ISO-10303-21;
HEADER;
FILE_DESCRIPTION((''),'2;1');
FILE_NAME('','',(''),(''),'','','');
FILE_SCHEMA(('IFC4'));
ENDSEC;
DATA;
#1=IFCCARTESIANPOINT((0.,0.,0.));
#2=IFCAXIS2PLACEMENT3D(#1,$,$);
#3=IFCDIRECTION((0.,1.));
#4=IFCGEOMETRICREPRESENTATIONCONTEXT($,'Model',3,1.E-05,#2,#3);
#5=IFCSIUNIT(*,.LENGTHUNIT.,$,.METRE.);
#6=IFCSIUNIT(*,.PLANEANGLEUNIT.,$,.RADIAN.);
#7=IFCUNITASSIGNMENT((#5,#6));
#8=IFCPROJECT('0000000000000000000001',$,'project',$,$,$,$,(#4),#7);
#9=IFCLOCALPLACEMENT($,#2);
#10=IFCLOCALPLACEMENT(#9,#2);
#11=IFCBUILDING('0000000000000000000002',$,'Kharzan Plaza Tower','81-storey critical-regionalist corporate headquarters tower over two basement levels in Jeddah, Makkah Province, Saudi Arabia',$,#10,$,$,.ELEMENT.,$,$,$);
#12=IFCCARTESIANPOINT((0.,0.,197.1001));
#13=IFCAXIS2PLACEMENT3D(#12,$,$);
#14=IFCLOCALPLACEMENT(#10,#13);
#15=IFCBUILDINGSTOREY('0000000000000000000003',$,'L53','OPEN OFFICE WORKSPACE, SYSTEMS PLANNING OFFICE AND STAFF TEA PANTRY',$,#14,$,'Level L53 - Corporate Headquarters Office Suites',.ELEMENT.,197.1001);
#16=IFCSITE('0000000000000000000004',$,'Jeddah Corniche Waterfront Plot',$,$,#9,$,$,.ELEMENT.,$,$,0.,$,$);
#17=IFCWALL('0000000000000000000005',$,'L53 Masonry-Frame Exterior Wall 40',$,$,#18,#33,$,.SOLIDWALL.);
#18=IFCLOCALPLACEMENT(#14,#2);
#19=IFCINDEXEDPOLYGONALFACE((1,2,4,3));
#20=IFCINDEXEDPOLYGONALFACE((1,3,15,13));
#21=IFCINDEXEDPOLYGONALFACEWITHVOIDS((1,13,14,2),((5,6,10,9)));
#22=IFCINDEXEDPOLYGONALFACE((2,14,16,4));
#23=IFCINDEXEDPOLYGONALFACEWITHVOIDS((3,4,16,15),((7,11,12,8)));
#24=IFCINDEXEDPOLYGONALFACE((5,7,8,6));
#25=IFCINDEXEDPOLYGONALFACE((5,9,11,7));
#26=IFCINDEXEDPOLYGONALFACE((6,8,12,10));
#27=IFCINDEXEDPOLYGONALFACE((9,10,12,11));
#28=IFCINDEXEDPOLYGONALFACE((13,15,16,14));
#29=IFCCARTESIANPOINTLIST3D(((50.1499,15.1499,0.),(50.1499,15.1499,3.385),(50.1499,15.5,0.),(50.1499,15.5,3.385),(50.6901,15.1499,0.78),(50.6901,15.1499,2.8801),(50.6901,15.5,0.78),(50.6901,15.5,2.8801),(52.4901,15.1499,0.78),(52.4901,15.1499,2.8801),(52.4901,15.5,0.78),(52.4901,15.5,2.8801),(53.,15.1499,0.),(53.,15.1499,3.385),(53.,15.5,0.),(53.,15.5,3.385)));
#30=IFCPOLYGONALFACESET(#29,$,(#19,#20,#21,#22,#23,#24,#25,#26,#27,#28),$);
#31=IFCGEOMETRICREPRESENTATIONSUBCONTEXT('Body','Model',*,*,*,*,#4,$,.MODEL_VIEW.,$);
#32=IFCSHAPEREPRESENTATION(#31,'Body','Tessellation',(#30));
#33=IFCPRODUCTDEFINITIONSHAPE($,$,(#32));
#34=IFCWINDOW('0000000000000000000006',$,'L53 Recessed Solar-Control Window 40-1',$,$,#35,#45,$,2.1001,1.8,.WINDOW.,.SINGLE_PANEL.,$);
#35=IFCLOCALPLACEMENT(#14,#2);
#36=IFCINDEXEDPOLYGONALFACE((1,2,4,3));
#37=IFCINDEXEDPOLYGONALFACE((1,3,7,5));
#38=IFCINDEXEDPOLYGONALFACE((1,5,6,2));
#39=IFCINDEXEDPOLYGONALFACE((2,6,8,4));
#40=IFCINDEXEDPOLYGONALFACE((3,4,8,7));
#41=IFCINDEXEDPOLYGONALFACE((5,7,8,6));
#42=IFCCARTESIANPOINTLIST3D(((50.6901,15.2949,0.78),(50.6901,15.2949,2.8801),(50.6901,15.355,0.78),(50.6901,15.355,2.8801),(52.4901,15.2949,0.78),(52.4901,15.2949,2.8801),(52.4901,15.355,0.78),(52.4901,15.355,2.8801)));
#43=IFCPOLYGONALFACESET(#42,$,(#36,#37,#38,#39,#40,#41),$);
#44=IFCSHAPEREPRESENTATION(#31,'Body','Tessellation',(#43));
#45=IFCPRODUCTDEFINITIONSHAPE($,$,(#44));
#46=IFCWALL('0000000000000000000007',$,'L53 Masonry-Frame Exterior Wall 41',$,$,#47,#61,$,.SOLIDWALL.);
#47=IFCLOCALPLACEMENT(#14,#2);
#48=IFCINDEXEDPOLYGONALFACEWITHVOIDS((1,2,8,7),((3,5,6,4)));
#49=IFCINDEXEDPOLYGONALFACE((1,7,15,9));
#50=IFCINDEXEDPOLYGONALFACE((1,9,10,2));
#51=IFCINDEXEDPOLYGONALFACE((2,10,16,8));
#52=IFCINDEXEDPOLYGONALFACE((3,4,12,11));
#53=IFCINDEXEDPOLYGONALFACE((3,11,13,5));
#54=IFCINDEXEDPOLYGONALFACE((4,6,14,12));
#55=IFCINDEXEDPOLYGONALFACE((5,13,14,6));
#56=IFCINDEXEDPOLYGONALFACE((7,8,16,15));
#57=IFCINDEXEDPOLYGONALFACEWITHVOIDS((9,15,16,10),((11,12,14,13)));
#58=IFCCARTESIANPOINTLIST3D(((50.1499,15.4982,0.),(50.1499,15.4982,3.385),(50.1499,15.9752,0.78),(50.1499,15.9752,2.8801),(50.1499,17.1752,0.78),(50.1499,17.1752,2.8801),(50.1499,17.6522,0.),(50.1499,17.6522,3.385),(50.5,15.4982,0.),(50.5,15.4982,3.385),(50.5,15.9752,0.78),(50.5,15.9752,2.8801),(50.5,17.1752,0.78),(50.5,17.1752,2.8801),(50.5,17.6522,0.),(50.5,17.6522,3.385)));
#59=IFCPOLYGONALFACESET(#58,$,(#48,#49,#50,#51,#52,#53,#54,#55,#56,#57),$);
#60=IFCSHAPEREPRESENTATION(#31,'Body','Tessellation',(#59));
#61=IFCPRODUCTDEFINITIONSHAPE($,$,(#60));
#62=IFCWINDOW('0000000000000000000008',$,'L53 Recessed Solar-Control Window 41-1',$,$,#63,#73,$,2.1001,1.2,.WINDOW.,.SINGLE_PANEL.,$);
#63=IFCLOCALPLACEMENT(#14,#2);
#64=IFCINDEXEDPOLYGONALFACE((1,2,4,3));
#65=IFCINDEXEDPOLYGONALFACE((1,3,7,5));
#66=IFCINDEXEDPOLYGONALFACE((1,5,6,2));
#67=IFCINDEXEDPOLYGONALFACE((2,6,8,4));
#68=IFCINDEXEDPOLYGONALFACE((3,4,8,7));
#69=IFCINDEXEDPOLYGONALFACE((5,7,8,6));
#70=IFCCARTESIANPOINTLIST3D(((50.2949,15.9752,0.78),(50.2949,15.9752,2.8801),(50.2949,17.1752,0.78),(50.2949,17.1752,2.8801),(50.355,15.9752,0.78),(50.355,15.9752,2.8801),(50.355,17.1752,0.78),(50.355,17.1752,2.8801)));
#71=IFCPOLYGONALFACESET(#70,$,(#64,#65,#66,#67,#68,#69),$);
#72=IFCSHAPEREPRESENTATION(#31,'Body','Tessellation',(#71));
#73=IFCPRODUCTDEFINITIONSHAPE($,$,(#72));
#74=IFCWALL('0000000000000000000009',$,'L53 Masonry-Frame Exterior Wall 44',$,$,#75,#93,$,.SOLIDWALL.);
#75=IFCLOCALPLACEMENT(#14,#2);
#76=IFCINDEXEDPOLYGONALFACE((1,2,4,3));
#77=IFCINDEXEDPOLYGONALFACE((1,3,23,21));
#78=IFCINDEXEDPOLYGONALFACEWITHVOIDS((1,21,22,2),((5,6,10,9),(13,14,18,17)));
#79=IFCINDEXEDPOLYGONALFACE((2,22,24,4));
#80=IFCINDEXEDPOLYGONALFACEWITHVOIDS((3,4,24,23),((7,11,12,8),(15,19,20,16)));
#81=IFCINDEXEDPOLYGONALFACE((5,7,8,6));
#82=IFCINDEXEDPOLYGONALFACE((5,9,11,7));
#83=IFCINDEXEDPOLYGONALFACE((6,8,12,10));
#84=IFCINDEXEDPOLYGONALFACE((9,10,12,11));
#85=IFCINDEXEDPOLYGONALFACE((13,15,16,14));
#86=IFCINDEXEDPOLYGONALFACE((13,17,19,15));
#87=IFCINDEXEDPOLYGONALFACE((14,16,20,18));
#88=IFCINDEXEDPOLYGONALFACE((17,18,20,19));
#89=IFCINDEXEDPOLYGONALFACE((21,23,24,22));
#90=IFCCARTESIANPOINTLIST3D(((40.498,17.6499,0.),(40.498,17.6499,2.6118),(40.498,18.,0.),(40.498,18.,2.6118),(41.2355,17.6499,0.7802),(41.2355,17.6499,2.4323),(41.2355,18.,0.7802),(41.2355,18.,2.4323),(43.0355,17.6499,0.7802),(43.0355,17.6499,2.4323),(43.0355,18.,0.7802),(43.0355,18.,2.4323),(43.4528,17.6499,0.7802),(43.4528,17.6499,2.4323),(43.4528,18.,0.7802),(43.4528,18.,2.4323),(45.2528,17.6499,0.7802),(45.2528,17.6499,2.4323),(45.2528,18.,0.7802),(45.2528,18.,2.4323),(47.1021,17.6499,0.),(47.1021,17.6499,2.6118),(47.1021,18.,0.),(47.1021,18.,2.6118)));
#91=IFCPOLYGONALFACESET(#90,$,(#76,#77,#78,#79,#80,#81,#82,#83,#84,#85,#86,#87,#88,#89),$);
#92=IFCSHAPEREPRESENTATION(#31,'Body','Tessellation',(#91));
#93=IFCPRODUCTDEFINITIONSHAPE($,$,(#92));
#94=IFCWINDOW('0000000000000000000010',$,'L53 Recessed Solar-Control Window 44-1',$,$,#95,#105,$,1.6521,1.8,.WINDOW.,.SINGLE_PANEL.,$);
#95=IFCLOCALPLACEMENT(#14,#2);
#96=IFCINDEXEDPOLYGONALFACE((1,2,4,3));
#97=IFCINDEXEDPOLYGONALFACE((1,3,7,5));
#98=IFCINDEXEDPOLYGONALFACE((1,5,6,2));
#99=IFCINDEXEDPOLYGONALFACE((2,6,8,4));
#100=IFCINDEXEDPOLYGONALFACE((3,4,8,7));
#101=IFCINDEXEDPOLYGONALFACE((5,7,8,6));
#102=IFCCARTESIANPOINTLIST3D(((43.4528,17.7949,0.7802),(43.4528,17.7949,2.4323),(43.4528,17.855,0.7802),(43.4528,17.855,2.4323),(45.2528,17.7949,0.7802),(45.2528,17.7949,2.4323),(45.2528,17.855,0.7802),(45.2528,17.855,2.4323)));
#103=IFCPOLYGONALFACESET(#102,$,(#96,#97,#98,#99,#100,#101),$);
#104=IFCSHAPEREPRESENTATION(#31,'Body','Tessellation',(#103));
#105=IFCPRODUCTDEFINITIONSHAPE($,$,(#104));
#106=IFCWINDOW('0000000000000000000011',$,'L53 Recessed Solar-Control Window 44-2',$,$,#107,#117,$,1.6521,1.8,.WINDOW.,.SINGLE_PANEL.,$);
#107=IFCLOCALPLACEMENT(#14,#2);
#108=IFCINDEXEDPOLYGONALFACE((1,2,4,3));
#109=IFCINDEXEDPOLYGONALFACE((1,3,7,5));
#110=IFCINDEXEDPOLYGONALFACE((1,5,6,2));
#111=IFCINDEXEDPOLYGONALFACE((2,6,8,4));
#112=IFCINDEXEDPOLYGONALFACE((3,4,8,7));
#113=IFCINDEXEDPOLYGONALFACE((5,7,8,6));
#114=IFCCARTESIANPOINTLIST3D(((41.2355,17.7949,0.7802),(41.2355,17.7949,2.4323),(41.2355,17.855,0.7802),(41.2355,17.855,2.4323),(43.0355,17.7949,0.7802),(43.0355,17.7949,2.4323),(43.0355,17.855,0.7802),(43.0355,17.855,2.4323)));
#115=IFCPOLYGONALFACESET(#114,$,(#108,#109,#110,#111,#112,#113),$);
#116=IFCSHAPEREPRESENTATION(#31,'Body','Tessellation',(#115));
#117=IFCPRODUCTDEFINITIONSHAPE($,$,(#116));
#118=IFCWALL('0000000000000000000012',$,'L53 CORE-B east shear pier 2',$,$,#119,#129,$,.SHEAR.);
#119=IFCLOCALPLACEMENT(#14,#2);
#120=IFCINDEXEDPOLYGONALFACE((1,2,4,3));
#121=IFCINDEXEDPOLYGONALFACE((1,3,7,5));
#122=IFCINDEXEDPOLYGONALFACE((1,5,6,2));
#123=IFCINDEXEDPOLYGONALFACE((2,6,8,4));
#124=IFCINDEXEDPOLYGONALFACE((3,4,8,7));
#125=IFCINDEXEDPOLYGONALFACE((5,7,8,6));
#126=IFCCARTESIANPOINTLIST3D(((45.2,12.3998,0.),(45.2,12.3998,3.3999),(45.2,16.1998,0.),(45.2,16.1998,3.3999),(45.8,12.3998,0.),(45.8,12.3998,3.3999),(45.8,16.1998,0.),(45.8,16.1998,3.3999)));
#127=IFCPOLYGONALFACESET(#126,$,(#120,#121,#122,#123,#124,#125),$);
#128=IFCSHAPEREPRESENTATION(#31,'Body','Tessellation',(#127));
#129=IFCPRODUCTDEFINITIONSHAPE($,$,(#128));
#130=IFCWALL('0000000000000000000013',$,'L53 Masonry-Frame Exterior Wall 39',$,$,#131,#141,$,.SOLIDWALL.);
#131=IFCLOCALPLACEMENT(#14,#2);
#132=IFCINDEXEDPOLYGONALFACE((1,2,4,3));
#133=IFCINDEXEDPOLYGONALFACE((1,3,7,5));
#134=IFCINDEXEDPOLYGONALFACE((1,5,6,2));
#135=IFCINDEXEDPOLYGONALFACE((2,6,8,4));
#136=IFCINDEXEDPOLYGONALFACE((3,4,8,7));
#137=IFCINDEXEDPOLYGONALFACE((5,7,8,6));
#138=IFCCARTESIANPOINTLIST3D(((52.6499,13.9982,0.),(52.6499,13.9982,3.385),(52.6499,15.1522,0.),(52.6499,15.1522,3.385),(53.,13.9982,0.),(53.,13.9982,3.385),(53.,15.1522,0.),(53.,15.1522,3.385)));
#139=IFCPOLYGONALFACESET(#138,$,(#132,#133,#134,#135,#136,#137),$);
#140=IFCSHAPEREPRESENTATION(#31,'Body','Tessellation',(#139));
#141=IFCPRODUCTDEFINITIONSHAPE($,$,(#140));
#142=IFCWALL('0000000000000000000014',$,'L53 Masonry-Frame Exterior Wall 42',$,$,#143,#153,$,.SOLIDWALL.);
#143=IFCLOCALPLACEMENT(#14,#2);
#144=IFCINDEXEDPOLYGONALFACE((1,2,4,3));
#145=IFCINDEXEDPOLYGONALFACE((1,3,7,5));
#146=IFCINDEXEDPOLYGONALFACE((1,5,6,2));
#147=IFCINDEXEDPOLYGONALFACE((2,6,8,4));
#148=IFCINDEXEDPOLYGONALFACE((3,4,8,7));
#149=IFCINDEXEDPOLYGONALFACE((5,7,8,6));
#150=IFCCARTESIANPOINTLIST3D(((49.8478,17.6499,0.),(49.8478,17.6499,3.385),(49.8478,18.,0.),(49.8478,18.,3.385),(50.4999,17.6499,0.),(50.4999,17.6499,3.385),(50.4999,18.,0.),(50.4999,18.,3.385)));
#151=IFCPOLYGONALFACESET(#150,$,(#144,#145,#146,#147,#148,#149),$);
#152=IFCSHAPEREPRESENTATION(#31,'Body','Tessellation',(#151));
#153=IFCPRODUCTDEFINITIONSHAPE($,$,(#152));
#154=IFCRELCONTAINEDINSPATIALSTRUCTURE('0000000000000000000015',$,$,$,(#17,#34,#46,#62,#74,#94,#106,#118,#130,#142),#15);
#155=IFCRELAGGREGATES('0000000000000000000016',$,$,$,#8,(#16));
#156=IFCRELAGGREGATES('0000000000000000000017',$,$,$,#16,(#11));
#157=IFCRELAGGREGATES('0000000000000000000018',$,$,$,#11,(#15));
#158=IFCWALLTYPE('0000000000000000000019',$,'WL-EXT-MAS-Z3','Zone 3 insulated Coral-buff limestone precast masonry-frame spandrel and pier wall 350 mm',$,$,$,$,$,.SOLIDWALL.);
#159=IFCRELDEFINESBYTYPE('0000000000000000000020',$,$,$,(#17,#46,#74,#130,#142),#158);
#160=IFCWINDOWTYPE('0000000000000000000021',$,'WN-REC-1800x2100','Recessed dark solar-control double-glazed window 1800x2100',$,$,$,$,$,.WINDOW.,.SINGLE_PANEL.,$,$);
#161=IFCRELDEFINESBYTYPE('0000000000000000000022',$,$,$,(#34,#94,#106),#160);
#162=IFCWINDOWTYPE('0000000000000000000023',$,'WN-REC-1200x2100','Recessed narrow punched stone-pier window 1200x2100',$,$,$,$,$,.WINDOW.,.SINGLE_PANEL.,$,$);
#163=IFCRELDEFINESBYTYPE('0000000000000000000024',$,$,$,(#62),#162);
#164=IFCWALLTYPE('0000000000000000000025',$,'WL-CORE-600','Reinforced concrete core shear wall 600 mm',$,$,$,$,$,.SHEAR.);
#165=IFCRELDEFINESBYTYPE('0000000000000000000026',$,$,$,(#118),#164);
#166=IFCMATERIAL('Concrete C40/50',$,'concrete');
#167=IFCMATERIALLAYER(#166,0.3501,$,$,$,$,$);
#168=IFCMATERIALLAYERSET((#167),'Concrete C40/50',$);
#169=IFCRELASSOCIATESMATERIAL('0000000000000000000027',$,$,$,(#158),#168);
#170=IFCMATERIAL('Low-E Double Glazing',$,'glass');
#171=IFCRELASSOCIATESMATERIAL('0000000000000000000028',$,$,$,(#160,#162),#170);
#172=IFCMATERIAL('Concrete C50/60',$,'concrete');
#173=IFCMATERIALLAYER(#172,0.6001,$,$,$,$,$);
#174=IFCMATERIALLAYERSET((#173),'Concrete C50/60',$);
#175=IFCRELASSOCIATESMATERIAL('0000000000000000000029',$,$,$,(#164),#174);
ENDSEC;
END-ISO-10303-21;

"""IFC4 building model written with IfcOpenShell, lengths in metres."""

from ifc_helpers import new_model, si_unit, direction, frame, frame_2d, origin, place, context, subcontext, project, spatial, rectangle, extrude, source, transform, mapped, material, layer, layer_set, type_object, element, fill, save


model = new_model("IFC4")

# Units and contexts
model_context = context("Model", 3, precision=1e-05, world=origin(), true_north=direction((0.0, 1.0)))
body_context = subcontext(model_context, "Body", "Model", "MODEL_VIEW")
ifc_project = project(units=[si_unit("LENGTHUNIT", "METRE"), si_unit("PLANEANGLEUNIT", "RADIAN")], contexts=[model_context])

# Site, building, storey
site_placement = place(None, origin())
site = spatial("IfcSite", under=ifc_project, at=site_placement, Name="Jeddah Corniche Waterfront Plot", CompositionType="ELEMENT", RefElevation=0.0)
building_placement = place(site_placement, origin())
building = spatial("IfcBuilding", under=site, at=building_placement, Name="Kharzan Plaza Tower", Description="81-storey critical-regionalist corporate headquarters tower over two basement levels in Jeddah, Makkah Province, Saudi Arabia", CompositionType="ELEMENT")
storey_placement = place(building_placement, frame((0.0, 0.0, 197.1001)))
storey = spatial("IfcBuildingStorey", under=building, at=storey_placement, Name="L53", Description="OPEN OFFICE WORKSPACE, SYSTEMS PLANNING OFFICE AND STAFF TEA PANTRY", LongName="Level L53 - Corporate Headquarters Office Suites", CompositionType="ELEMENT", Elevation=197.1001)

# Shared definitions
ifc_material_1 = material(Name="Concrete C50/60", Category="concrete")

# Walls, openings, windows
ifc_material_2 = material(Name="Concrete C40/50", Category="concrete")
ifc_layer_1 = layer(ifc_material_2, 0.3501)
ifc_layer_set_1 = layer_set([ifc_layer_1], Name="Concrete C40/50")
wall_type_1 = type_object("IfcWallType", Name="WL-EXT-MAS-Z3", Description="Zone 3 insulated Coral-buff limestone precast masonry-frame spandrel and pier wall 350 mm", PredefinedType="SOLIDWALL", material=ifc_layer_set_1)
wall_1_placement = place(storey_placement, frame((53.0, 15.325, 0.0), z_axis=(0.0, 0.0, 1.0), x_axis=(-1.0, 0.0, 0.0)))
wall_1 = element("IfcWall", 1, at=wall_1_placement, inside=storey, type_object=wall_type_1, Name="L53 Masonry-Frame Exterior Wall 40", PredefinedType="SOLIDWALL", context=body_context, shape_type="SweptSolid", body=[
    extrude(rectangle(XDim=2.8501, YDim=0.3501, at=frame_2d((1.425, 0.0))), origin(), (0.0, 0.0, 1.0), 3.385),
])
opening_1_placement = place(wall_1_placement, frame((0.51, 0.0, 0.78)))
opening_1 = element("IfcOpeningElement", 2, at=opening_1_placement, cuts=wall_1, PredefinedType="OPENING", context=body_context, shape_type="SweptSolid", body=[
    extrude(rectangle(XDim=1.8, YDim=2.1001, at=frame_2d((0.8999, 1.05))), frame((0.0, 0.1851, 0.0), z_axis=(0.0, -1.0, 0.0), x_axis=(1.0, 0.0, 0.0)), (0.0, 0.0, 1.0), 0.3701),
])
ifc_material_3 = material(Name="Low-E Double Glazing", Category="glass")
window_type_1 = type_object("IfcWindowType", Name="WN-REC-1800x2100", Description="Recessed dark solar-control double-glazed window 1800x2100", PartitioningType="SINGLE_PANEL", PredefinedType="WINDOW", material=ifc_material_3)
shared_shape_1 = source(origin(), body_context, "Body", "SweptSolid", [
    extrude(rectangle(XDim=1.8, YDim=2.1001, at=frame_2d((0.8999, 1.05))), frame((0.0, 0.03, 0.0), z_axis=(0.0, -1.0, 0.0), x_axis=(1.0, 0.0, 0.0)), (0.0, 0.0, 1.0), 0.0601),
])
window_1_placement = place(opening_1_placement, origin())
window_1 = element("IfcWindow", 3, at=window_1_placement, inside=storey, type_object=window_type_1, Name="L53 Recessed Solar-Control Window 40-1", OverallHeight=2.1001, OverallWidth=1.8, PartitioningType="SINGLE_PANEL", PredefinedType="WINDOW", context=body_context, shape_type="MappedRepresentation", body=[
    mapped(shared_shape_1, transform((0.0, 0.0, 0.0), x_axis=(1.0, 0.0, 0.0), y_axis=(0.0, 1.0, 0.0), z_axis=(0.0, 0.0, 1.0))),
])
fill(opening_1, window_1)
wall_2_placement = place(storey_placement, frame((50.325, 15.498, 0.0), z_axis=(0.0, 0.0, 1.0), x_axis=(0.0, 1.0, 0.0)))
wall_2 = element("IfcWall", 4, at=wall_2_placement, inside=storey, type_object=wall_type_1, Name="L53 Masonry-Frame Exterior Wall 41", PredefinedType="SOLIDWALL", context=body_context, shape_type="SweptSolid", body=[
    extrude(rectangle(XDim=2.1541, YDim=0.3501, at=frame_2d((1.0771, 0.0))), origin(), (0.0, 0.0, 1.0), 3.385),
])
opening_2_placement = place(wall_2_placement, frame((0.4771, 0.0, 0.78)))
opening_2 = element("IfcOpeningElement", 5, at=opening_2_placement, cuts=wall_2, PredefinedType="OPENING", context=body_context, shape_type="SweptSolid", body=[
    extrude(rectangle(XDim=1.2, YDim=2.1001, at=frame_2d((0.6001, 1.05))), frame((0.0, 0.1851, 0.0), z_axis=(0.0, -1.0, 0.0), x_axis=(1.0, 0.0, 0.0)), (0.0, 0.0, 1.0), 0.3701),
])
window_type_2 = type_object("IfcWindowType", Name="WN-REC-1200x2100", Description="Recessed narrow punched stone-pier window 1200x2100", PartitioningType="SINGLE_PANEL", PredefinedType="WINDOW", material=ifc_material_3)
shared_shape_2 = source(origin(), body_context, "Body", "SweptSolid", [
    extrude(rectangle(XDim=1.2, YDim=2.1001, at=frame_2d((0.6001, 1.05))), frame((0.0, 0.03, 0.0), z_axis=(0.0, -1.0, 0.0), x_axis=(1.0, 0.0, 0.0)), (0.0, 0.0, 1.0), 0.0601),
])
window_2_placement = place(opening_2_placement, origin())
window_2 = element("IfcWindow", 6, at=window_2_placement, inside=storey, type_object=window_type_2, Name="L53 Recessed Solar-Control Window 41-1", OverallHeight=2.1001, OverallWidth=1.2, PartitioningType="SINGLE_PANEL", PredefinedType="WINDOW", context=body_context, shape_type="MappedRepresentation", body=[
    mapped(shared_shape_2, transform((0.0, 0.0, 0.0), x_axis=(1.0, 0.0, 0.0), y_axis=(0.0, 1.0, 0.0), z_axis=(0.0, 0.0, 1.0))),
])
fill(opening_2, window_2)

# Wall, openings, windows
wall_3_placement = place(storey_placement, frame((47.1021, 17.825, 0.0), z_axis=(0.0, 0.0, 1.0), x_axis=(-1.0, 0.0, 0.0)))
wall_3 = element("IfcWall", 7, at=wall_3_placement, inside=storey, type_object=wall_type_1, Name="L53 Masonry-Frame Exterior Wall 44", PredefinedType="SOLIDWALL", context=body_context, shape_type="SweptSolid", body=[
    extrude(rectangle(XDim=6.604, YDim=0.3501, at=frame_2d((3.302, 0.0))), origin(), (0.0, 0.0, 1.0), 2.6118),
])
opening_3_placement = place(wall_3_placement, frame((1.8494, 0.0, 0.78)))
opening_3 = element("IfcOpeningElement", 8, at=opening_3_placement, cuts=wall_3, PredefinedType="OPENING", context=body_context, shape_type="SweptSolid", body=[
    extrude(rectangle(XDim=1.8, YDim=1.6521, at=frame_2d((0.8999, 0.8262))), frame((0.0, 0.1851, 0.0), z_axis=(0.0, -1.0, 0.0), x_axis=(1.0, 0.0, 0.0)), (0.0, 0.0, 1.0), 0.3701),
])
opening_4_placement = place(wall_3_placement, frame((4.0667, 0.0, 0.78)))
opening_4 = element("IfcOpeningElement", 9, at=opening_4_placement, cuts=wall_3, PredefinedType="OPENING", context=body_context, shape_type="SweptSolid", body=[
    extrude(rectangle(XDim=1.8, YDim=1.6521, at=frame_2d((0.8999, 0.8262))), frame((0.0, 0.1851, 0.0), z_axis=(0.0, -1.0, 0.0), x_axis=(1.0, 0.0, 0.0)), (0.0, 0.0, 1.0), 0.3701),
])
shared_shape_3 = source(origin(), body_context, "Body", "SweptSolid", [
    extrude(rectangle(XDim=1.8, YDim=1.6521, at=frame_2d((0.8999, 0.8262))), frame((0.0, 0.03, 0.0), z_axis=(0.0, -1.0, 0.0), x_axis=(1.0, 0.0, 0.0)), (0.0, 0.0, 1.0), 0.0601),
])
window_3_placement = place(opening_3_placement, origin())
window_3 = element("IfcWindow", 10, at=window_3_placement, inside=storey, type_object=window_type_1, Name="L53 Recessed Solar-Control Window 44-1", OverallHeight=1.6521, OverallWidth=1.8, PartitioningType="SINGLE_PANEL", PredefinedType="WINDOW", context=body_context, shape_type="MappedRepresentation", body=[
    mapped(shared_shape_3, transform((0.0, 0.0, 0.0), x_axis=(1.0, 0.0, 0.0), y_axis=(0.0, 1.0, 0.0), z_axis=(0.0, 0.0, 1.0))),
])
fill(opening_3, window_3)
window_4_placement = place(opening_4_placement, origin())
window_4 = element("IfcWindow", 11, at=window_4_placement, inside=storey, type_object=window_type_1, Name="L53 Recessed Solar-Control Window 44-2", OverallHeight=1.6521, OverallWidth=1.8, PartitioningType="SINGLE_PANEL", PredefinedType="WINDOW", context=body_context, shape_type="MappedRepresentation", body=[
    mapped(shared_shape_3, transform((0.0, 0.0, 0.0), x_axis=(1.0, 0.0, 0.0), y_axis=(0.0, 1.0, 0.0), z_axis=(0.0, 0.0, 1.0))),
])
fill(opening_4, window_4)

# Walls
ifc_layer_2 = layer(ifc_material_1, 0.6001)
ifc_layer_set_2 = layer_set([ifc_layer_2], Name="Concrete C50/60")
wall_type_2 = type_object("IfcWallType", Name="WL-CORE-600", Description="Reinforced concrete core shear wall 600 mm", PredefinedType="SHEAR", material=ifc_layer_set_2)
shared_shape_4 = source(origin(), body_context, "Body", "SweptSolid", [
    extrude(rectangle(XDim=3.8, YDim=0.6001, at=frame_2d((1.8999, 0.0))), origin(), (0.0, 0.0, 1.0), 3.3999),
])
wall_4_placement = place(storey_placement, frame((45.5, 12.3999, 0.0), z_axis=(0.0, 0.0, 1.0), x_axis=(0.0, 1.0, 0.0)))
element("IfcWall", 12, at=wall_4_placement, inside=storey, type_object=wall_type_2, Name="L53 CORE-B east shear pier 2", PredefinedType="SHEAR", context=body_context, shape_type="MappedRepresentation", body=[
    mapped(shared_shape_4, transform((0.0, 0.0, 0.0), x_axis=(1.0, 0.0, 0.0), y_axis=(0.0, 1.0, 0.0), z_axis=(0.0, 0.0, 1.0))),
])
shared_shape_5 = source(origin(), body_context, "Body", "SweptSolid", [
    extrude(rectangle(XDim=1.1541, YDim=0.3501, at=frame_2d((0.5771, 0.0))), origin(), (0.0, 0.0, 1.0), 3.385),
])
wall_5_placement = place(storey_placement, frame((52.825, 13.998, 0.0), z_axis=(0.0, 0.0, 1.0), x_axis=(0.0, 1.0, 0.0)))
element("IfcWall", 13, at=wall_5_placement, inside=storey, type_object=wall_type_1, Name="L53 Masonry-Frame Exterior Wall 39", PredefinedType="SOLIDWALL", context=body_context, shape_type="MappedRepresentation", body=[
    mapped(shared_shape_5, transform((0.0, 0.0, 0.0), x_axis=(1.0, 0.0, 0.0), y_axis=(0.0, 1.0, 0.0), z_axis=(0.0, 0.0, 1.0))),
])
shared_shape_6 = source(origin(), body_context, "Body", "SweptSolid", [
    extrude(rectangle(XDim=0.6521, YDim=0.3501, at=frame_2d((0.3262, 0.0))), origin(), (0.0, 0.0, 1.0), 3.385),
])
wall_6_placement = place(storey_placement, frame((50.5, 17.825, 0.0), z_axis=(0.0, 0.0, 1.0), x_axis=(-1.0, 0.0, 0.0)))
element("IfcWall", 14, at=wall_6_placement, inside=storey, type_object=wall_type_1, Name="L53 Masonry-Frame Exterior Wall 42", PredefinedType="SOLIDWALL", context=body_context, shape_type="MappedRepresentation", body=[
    mapped(shared_shape_6, transform((0.0, 0.0, 0.0), x_axis=(1.0, 0.0, 0.0), y_axis=(0.0, 1.0, 0.0), z_axis=(0.0, 0.0, 1.0))),
])

save(model, "model.ifc")
